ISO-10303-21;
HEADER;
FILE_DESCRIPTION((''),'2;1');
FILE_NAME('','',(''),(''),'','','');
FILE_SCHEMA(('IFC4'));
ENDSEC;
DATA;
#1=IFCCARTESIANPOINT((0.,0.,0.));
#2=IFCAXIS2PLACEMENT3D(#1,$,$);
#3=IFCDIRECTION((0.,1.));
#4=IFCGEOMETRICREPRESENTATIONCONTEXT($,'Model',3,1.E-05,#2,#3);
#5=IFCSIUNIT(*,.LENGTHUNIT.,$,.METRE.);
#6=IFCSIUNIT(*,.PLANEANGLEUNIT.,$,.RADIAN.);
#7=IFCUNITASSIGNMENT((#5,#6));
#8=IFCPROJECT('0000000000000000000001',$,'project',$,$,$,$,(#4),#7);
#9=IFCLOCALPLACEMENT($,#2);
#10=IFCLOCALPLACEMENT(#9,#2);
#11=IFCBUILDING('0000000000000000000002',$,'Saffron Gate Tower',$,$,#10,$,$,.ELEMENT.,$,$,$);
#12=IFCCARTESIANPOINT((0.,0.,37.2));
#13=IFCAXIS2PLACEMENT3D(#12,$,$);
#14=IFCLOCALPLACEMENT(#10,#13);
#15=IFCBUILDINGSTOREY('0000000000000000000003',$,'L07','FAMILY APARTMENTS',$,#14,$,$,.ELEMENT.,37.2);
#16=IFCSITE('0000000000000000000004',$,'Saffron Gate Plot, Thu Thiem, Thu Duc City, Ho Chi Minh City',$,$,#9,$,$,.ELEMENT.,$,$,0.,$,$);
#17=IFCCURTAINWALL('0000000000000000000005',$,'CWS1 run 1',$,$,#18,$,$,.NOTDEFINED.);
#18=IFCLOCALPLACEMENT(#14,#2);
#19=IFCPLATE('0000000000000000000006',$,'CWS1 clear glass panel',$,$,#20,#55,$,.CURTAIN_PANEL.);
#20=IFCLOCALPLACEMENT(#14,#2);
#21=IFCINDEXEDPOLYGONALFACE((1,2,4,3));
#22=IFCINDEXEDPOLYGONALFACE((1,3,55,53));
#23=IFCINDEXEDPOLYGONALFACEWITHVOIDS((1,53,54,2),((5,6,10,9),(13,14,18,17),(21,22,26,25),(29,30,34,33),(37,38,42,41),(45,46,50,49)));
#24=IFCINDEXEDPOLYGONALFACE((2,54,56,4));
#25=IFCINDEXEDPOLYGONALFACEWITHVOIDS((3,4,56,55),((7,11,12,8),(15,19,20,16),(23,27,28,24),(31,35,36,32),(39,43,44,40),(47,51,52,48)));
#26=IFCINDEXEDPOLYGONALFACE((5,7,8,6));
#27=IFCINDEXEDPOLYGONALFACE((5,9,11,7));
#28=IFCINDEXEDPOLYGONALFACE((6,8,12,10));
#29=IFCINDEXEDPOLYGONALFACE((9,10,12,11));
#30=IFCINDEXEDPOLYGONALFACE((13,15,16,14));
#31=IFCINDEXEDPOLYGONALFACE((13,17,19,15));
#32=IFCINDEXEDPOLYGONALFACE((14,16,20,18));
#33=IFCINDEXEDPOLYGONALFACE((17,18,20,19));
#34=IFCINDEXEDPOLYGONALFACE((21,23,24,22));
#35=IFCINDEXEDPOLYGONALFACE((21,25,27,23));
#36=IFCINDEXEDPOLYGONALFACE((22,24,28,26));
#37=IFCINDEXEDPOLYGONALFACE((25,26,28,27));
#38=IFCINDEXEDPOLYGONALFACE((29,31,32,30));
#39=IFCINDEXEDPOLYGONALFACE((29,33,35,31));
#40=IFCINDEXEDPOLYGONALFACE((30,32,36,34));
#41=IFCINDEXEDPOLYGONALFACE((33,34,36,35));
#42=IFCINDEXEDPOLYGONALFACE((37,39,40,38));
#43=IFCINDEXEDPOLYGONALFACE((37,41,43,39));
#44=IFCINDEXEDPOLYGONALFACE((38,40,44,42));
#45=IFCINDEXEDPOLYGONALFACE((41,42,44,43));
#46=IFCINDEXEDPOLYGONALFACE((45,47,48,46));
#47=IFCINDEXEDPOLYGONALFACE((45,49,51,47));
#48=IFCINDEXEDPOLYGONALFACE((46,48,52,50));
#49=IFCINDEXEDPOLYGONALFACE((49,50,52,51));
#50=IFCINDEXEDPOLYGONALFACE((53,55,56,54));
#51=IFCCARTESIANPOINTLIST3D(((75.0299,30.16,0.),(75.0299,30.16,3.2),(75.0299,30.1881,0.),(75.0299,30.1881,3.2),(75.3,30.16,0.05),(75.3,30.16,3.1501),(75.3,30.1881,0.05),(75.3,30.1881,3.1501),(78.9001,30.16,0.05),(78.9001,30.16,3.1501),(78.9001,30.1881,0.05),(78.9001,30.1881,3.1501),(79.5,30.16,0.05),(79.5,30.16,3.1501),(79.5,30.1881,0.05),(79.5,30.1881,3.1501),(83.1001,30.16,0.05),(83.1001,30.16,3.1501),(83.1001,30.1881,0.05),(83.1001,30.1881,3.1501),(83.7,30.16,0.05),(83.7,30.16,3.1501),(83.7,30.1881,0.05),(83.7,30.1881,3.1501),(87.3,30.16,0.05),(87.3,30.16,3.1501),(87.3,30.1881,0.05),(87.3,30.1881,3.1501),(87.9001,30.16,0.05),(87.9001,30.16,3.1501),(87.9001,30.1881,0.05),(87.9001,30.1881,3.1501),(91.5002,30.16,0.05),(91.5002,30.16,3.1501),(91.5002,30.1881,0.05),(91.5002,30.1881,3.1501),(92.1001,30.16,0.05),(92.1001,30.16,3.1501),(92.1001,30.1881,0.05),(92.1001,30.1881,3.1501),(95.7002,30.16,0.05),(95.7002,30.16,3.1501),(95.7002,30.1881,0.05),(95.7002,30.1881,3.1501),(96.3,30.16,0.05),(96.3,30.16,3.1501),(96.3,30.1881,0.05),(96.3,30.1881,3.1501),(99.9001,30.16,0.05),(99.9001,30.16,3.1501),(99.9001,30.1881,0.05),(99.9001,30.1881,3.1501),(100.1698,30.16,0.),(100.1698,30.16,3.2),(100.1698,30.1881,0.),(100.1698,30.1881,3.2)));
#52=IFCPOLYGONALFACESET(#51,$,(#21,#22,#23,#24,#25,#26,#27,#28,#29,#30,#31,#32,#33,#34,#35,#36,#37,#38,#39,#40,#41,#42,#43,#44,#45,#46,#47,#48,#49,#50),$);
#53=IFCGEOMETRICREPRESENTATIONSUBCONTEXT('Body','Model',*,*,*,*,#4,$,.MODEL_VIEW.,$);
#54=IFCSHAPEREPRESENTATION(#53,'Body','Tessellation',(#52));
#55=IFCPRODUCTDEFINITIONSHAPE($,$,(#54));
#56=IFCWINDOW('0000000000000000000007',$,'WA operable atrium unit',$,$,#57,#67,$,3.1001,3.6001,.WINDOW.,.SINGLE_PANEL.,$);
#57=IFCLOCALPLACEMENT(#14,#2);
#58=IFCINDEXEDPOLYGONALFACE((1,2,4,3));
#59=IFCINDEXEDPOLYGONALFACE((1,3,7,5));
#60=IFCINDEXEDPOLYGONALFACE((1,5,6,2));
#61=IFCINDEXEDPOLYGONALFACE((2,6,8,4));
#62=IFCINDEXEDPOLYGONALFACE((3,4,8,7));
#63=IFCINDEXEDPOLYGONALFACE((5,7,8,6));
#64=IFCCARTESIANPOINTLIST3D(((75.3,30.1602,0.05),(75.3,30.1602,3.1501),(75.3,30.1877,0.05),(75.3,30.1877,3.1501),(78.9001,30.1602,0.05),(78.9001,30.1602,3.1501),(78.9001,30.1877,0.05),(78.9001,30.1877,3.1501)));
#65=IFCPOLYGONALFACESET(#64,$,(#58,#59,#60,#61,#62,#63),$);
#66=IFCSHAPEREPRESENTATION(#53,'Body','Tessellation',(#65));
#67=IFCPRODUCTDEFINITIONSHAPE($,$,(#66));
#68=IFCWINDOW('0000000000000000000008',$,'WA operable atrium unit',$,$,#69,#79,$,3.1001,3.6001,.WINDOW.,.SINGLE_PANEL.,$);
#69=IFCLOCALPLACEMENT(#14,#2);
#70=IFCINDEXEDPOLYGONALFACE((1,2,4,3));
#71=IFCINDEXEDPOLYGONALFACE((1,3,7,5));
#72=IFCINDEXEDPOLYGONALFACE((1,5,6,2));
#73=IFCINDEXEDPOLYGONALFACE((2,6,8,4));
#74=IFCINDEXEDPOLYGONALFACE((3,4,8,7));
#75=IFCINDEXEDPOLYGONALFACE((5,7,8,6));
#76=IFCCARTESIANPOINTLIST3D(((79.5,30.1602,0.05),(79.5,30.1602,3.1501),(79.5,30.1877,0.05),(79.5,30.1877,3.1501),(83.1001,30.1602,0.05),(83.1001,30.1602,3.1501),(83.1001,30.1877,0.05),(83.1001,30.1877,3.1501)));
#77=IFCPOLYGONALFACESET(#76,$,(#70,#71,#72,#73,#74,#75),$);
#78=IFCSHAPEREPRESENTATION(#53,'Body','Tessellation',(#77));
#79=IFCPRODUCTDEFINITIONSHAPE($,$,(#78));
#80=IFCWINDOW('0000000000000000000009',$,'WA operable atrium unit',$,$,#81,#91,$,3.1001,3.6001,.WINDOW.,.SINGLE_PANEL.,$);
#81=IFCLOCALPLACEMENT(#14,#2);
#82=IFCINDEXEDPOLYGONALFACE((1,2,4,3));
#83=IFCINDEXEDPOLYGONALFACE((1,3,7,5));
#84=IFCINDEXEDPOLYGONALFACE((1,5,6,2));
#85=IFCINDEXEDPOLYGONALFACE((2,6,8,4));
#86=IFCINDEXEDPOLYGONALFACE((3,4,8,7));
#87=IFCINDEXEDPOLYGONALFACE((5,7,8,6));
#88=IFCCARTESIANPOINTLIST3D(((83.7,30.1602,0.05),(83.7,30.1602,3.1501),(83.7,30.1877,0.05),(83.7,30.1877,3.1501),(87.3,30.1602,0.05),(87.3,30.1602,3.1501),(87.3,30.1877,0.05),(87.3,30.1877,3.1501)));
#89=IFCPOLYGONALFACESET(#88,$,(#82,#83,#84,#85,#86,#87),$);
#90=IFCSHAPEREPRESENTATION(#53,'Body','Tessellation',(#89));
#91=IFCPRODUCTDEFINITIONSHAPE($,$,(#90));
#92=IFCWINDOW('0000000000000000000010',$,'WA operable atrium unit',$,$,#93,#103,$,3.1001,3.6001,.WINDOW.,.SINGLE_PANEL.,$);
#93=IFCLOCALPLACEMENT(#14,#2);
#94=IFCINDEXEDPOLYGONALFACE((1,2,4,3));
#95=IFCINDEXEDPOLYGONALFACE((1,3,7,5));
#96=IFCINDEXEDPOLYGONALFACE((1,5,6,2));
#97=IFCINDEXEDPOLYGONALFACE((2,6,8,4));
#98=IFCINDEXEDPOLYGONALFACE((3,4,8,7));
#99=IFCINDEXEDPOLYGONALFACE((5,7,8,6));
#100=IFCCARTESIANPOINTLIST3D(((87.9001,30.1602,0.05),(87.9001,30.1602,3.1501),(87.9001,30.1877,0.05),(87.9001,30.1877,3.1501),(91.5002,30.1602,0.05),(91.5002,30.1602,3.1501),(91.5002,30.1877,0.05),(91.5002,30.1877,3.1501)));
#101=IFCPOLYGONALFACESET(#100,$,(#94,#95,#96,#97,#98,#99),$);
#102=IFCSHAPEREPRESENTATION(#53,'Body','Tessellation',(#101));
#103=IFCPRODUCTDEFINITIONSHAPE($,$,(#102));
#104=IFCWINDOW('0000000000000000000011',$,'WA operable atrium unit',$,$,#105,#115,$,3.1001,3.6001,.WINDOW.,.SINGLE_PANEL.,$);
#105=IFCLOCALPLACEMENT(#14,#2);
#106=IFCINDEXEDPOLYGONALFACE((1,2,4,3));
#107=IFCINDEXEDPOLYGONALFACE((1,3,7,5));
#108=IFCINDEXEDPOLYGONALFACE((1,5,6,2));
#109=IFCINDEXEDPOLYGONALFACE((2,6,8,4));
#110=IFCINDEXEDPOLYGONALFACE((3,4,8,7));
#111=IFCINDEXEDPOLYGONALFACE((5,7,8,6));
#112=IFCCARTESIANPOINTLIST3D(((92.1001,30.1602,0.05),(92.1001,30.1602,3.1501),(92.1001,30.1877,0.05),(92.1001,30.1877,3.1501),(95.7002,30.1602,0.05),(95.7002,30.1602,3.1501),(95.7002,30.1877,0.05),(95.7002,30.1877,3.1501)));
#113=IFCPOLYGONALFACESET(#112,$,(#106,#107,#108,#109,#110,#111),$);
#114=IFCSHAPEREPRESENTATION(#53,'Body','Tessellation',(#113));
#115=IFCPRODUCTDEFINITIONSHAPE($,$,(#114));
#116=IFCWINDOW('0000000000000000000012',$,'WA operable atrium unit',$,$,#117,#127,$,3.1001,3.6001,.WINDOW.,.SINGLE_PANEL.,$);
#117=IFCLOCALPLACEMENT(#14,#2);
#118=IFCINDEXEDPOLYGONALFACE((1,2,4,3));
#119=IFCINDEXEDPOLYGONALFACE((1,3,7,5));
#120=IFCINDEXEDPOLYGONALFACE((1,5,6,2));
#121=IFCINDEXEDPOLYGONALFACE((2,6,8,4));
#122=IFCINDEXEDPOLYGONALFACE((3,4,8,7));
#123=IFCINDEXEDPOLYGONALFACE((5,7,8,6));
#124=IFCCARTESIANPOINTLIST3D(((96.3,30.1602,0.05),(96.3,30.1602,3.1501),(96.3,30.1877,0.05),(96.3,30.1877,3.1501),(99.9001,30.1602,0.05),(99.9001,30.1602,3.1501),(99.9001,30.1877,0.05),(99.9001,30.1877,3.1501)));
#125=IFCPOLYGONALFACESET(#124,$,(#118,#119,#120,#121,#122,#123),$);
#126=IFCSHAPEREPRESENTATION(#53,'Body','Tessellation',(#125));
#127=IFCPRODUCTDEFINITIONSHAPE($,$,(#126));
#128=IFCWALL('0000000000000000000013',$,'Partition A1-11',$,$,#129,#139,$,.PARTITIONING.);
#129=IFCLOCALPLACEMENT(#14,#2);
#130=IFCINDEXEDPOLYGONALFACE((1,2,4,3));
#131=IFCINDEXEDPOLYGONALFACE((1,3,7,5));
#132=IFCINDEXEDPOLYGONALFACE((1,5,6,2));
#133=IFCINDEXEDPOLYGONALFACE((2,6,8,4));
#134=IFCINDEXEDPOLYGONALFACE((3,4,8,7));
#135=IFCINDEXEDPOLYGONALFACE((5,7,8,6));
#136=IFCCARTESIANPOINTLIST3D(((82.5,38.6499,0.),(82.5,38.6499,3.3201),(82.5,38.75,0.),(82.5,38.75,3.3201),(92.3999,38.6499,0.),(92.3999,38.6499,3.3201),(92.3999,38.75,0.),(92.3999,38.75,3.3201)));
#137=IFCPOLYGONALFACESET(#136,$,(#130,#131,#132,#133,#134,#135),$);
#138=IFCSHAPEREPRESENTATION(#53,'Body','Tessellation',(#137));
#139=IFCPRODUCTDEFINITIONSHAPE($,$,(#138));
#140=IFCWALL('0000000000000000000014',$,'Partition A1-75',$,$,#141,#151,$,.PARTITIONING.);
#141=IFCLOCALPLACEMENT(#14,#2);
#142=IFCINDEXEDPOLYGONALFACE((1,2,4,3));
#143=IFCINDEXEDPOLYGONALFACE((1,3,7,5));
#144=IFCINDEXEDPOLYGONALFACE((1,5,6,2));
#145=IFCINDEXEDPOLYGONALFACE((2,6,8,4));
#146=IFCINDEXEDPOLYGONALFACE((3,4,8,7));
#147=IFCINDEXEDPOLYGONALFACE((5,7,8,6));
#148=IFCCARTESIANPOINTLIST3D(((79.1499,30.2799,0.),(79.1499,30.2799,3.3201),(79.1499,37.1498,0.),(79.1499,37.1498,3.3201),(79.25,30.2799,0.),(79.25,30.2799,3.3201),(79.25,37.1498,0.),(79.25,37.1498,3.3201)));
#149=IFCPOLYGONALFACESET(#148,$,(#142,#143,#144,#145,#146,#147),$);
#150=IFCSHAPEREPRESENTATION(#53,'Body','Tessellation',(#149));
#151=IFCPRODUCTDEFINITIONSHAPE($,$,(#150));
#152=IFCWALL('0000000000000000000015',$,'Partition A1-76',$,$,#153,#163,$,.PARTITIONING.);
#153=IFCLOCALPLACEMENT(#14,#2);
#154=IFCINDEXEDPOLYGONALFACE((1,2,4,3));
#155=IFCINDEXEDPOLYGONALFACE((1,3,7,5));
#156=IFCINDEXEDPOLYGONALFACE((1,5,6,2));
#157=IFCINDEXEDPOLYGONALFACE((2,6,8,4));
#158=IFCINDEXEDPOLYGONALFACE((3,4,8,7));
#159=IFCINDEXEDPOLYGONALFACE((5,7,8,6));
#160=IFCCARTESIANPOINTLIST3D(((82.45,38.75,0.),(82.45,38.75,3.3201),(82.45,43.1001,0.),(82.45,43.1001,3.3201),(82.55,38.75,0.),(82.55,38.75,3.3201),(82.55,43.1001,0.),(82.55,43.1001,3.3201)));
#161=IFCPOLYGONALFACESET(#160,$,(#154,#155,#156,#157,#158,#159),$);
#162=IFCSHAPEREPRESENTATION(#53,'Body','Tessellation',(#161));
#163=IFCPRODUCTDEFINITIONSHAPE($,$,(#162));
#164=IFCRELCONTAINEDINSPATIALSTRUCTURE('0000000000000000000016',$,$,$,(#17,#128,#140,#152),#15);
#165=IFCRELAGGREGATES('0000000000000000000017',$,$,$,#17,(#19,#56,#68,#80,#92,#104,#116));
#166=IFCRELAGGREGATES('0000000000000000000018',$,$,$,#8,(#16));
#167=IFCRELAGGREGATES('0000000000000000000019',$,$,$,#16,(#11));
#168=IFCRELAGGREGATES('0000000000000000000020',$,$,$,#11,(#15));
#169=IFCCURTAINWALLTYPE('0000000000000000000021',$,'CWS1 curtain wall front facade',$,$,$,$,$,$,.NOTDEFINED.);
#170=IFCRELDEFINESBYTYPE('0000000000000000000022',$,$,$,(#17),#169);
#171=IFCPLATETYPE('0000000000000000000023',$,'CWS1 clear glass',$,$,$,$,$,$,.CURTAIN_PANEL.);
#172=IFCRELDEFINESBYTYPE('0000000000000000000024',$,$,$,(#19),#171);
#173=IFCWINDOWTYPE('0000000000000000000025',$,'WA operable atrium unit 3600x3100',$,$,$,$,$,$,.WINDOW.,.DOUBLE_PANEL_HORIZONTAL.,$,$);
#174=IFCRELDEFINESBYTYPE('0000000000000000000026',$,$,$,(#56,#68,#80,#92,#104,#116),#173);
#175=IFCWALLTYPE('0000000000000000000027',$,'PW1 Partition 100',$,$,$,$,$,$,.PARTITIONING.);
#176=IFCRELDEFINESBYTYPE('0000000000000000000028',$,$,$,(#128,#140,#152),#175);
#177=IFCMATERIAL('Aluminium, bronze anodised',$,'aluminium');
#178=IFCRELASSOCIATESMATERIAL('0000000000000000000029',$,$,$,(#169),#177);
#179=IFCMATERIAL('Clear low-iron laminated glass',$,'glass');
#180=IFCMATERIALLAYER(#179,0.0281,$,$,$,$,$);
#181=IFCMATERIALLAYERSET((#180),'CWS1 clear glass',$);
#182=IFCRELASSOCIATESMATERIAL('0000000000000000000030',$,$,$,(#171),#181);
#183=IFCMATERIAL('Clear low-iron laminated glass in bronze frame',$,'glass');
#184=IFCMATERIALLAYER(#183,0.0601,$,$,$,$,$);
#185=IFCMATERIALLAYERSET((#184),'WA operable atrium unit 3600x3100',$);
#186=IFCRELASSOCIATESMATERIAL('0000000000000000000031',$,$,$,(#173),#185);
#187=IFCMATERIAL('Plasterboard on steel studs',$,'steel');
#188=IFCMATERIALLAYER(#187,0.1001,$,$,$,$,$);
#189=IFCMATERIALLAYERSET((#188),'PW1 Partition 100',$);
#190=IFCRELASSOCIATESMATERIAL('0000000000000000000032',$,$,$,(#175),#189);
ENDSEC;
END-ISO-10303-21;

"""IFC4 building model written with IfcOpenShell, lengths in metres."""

from ifc_helpers import new_model, si_unit, direction, frame, frame_2d, origin, place, context, subcontext, project, spatial, rectangle, extrude, material, layer, layer_set, type_object, element, fill, aggregate, save


model = new_model("IFC4")

# Units and contexts
model_context = context("Model", 3, precision=1e-05, world=origin(), true_north=direction((0.0, 1.0)))
body_context = subcontext(model_context, "Body", "Model", "MODEL_VIEW")
ifc_project = project(units=[si_unit("LENGTHUNIT", "METRE"), si_unit("PLANEANGLEUNIT", "RADIAN")], contexts=[model_context])

# Site, building, storey
site_placement = place(None, origin())
site = spatial("IfcSite", under=ifc_project, at=site_placement, Name="Saffron Gate Plot, Thu Thiem, Thu Duc City, Ho Chi Minh City", CompositionType="ELEMENT", RefElevation=0.0)
building_placement = place(site_placement, origin())
building = spatial("IfcBuilding", under=site, at=building_placement, Name="Saffron Gate Tower", CompositionType="ELEMENT")
storey_placement = place(building_placement, frame((0.0, 0.0, 37.2)))
storey = spatial("IfcBuildingStorey", under=building, at=storey_placement, Name="L07", Description="FAMILY APARTMENTS", CompositionType="ELEMENT", Elevation=37.2)

# Curtain wall, plate, openings, windows
ifc_material_1 = material(Name="Aluminium, bronze anodised", Category="aluminium")
curtain_wall_type = type_object("IfcCurtainWallType", Name="CWS1 curtain wall front facade", PredefinedType="NOTDEFINED", material=ifc_material_1)
curtain_wall_placement = place(storey_placement, origin())
curtain_wall = element("IfcCurtainWall", 1, at=curtain_wall_placement, inside=storey, type_object=curtain_wall_type, Name="CWS1 run 1", PredefinedType="NOTDEFINED")
ifc_material_2 = material(Name="Clear low-iron laminated glass", Category="glass")
ifc_layer_1 = layer(ifc_material_2, 0.0281)
ifc_layer_set_1 = layer_set([ifc_layer_1], Name="CWS1 clear glass")
plate_type = type_object("IfcPlateType", Name="CWS1 clear glass", PredefinedType="CURTAIN_PANEL", material=ifc_layer_set_1)
plate_placement = place(storey_placement, frame((75.03, 30.1741, 0.0), z_axis=(0.0, 0.0, 1.0), x_axis=(1.0, 0.0, 0.0)))
plate = element("IfcPlate", 2, at=plate_placement, type_object=plate_type, Name="CWS1 clear glass panel", PredefinedType="CURTAIN_PANEL", context=body_context, shape_type="SweptSolid", body=[
    extrude(rectangle(XDim=25.1399, YDim=0.0281, at=frame_2d((12.5698, 0.0))), origin(), (0.0, 0.0, 1.0), 3.2),
])
opening_1_placement = place(plate_placement, frame((0.27, 0.0, 0.05)))
opening_1 = element("IfcOpeningElement", 3, at=opening_1_placement, cuts=plate, PredefinedType="OPENING", context=body_context, shape_type="SweptSolid", body=[
    extrude(rectangle(XDim=3.6001, YDim=3.1001, at=frame_2d((1.8, 1.55))), frame((0.0, 0.0239, 0.0), z_axis=(0.0, -1.0, 0.0), x_axis=(1.0, 0.0, 0.0)), (0.0, 0.0, 1.0), 0.0481),
])
opening_2_placement = place(plate_placement, frame((4.47, 0.0, 0.05)))
opening_2 = element("IfcOpeningElement", 4, at=opening_2_placement, cuts=plate, PredefinedType="OPENING", context=body_context, shape_type="SweptSolid", body=[
    extrude(rectangle(XDim=3.6001, YDim=3.1001, at=frame_2d((1.8, 1.55))), frame((0.0, 0.0239, 0.0), z_axis=(0.0, -1.0, 0.0), x_axis=(1.0, 0.0, 0.0)), (0.0, 0.0, 1.0), 0.0481),
])
opening_3_placement = place(plate_placement, frame((8.6699, 0.0, 0.05)))
opening_3 = element("IfcOpeningElement", 5, at=opening_3_placement, cuts=plate, PredefinedType="OPENING", context=body_context, shape_type="SweptSolid", body=[
    extrude(rectangle(XDim=3.6001, YDim=3.1001, at=frame_2d((1.8, 1.55))), frame((0.0, 0.0239, 0.0), z_axis=(0.0, -1.0, 0.0), x_axis=(1.0, 0.0, 0.0)), (0.0, 0.0, 1.0), 0.0481),
])
opening_4_placement = place(plate_placement, frame((12.8701, 0.0, 0.05)))
opening_4 = element("IfcOpeningElement", 6, at=opening_4_placement, cuts=plate, PredefinedType="OPENING", context=body_context, shape_type="SweptSolid", body=[
    extrude(rectangle(XDim=3.6001, YDim=3.1001, at=frame_2d((1.8, 1.55))), frame((0.0, 0.0239, 0.0), z_axis=(0.0, -1.0, 0.0), x_axis=(1.0, 0.0, 0.0)), (0.0, 0.0, 1.0), 0.0481),
])
opening_5_placement = place(plate_placement, frame((17.0701, 0.0, 0.05)))
opening_5 = element("IfcOpeningElement", 7, at=opening_5_placement, cuts=plate, PredefinedType="OPENING", context=body_context, shape_type="SweptSolid", body=[
    extrude(rectangle(XDim=3.6001, YDim=3.1001, at=frame_2d((1.8, 1.55))), frame((0.0, 0.0239, 0.0), z_axis=(0.0, -1.0, 0.0), x_axis=(1.0, 0.0, 0.0)), (0.0, 0.0, 1.0), 0.0481),
])
opening_6_placement = place(plate_placement, frame((21.27, 0.0, 0.05)))
opening_6 = element("IfcOpeningElement", 8, at=opening_6_placement, cuts=plate, PredefinedType="OPENING", context=body_context, shape_type="SweptSolid", body=[
    extrude(rectangle(XDim=3.6001, YDim=3.1001, at=frame_2d((1.8, 1.55))), frame((0.0, 0.0239, 0.0), z_axis=(0.0, -1.0, 0.0), x_axis=(1.0, 0.0, 0.0)), (0.0, 0.0, 1.0), 0.0481),
])
ifc_material_3 = material(Name="Clear low-iron laminated glass in bronze frame", Category="glass")
ifc_layer_2 = layer(ifc_material_3, 0.0601)
ifc_layer_set_2 = layer_set([ifc_layer_2], Name="WA operable atrium unit 3600x3100")
window_type = type_object("IfcWindowType", Name="WA operable atrium unit 3600x3100", PartitioningType="DOUBLE_PANEL_HORIZONTAL", PredefinedType="WINDOW", material=ifc_layer_set_2)
window_1_placement = place(opening_1_placement, origin())
window_1 = element("IfcWindow", 9, at=window_1_placement, type_object=window_type, Name="WA operable atrium unit", OverallHeight=3.1001, OverallWidth=3.6001, PartitioningType="SINGLE_PANEL", PredefinedType="WINDOW", context=body_context, shape_type="SweptSolid", body=[
    extrude(rectangle(XDim=3.6001, YDim=3.1001, at=frame_2d((1.8, 1.55))), frame((0.0, 0.0137, 0.0), z_axis=(0.0, -1.0, 0.0), x_axis=(1.0, 0.0, 0.0)), (0.0, 0.0, 1.0), 0.0276),
])
fill(opening_1, window_1)
window_2_placement = place(opening_2_placement, origin())
window_2 = element("IfcWindow", 10, at=window_2_placement, type_object=window_type, Name="WA operable atrium unit", OverallHeight=3.1001, OverallWidth=3.6001, PartitioningType="SINGLE_PANEL", PredefinedType="WINDOW", context=body_context, shape_type="SweptSolid", body=[
    extrude(rectangle(XDim=3.6001, YDim=3.1001, at=frame_2d((1.8, 1.55))), frame((0.0, 0.0137, 0.0), z_axis=(0.0, -1.0, 0.0), x_axis=(1.0, 0.0, 0.0)), (0.0, 0.0, 1.0), 0.0276),
])
fill(opening_2, window_2)
window_3_placement = place(opening_3_placement, origin())
window_3 = element("IfcWindow", 11, at=window_3_placement, type_object=window_type, Name="WA operable atrium unit", OverallHeight=3.1001, OverallWidth=3.6001, PartitioningType="SINGLE_PANEL", PredefinedType="WINDOW", context=body_context, shape_type="SweptSolid", body=[
    extrude(rectangle(XDim=3.6001, YDim=3.1001, at=frame_2d((1.8, 1.55))), frame((0.0, 0.0137, 0.0), z_axis=(0.0, -1.0, 0.0), x_axis=(1.0, 0.0, 0.0)), (0.0, 0.0, 1.0), 0.0276),
])
fill(opening_3, window_3)
window_4_placement = place(opening_4_placement, origin())
window_4 = element("IfcWindow", 12, at=window_4_placement, type_object=window_type, Name="WA operable atrium unit", OverallHeight=3.1001, OverallWidth=3.6001, PartitioningType="SINGLE_PANEL", PredefinedType="WINDOW", context=body_context, shape_type="SweptSolid", body=[
    extrude(rectangle(XDim=3.6001, YDim=3.1001, at=frame_2d((1.8, 1.55))), frame((0.0, 0.0137, 0.0), z_axis=(0.0, -1.0, 0.0), x_axis=(1.0, 0.0, 0.0)), (0.0, 0.0, 1.0), 0.0276),
])
fill(opening_4, window_4)
window_5_placement = place(opening_5_placement, origin())
window_5 = element("IfcWindow", 13, at=window_5_placement, type_object=window_type, Name="WA operable atrium unit", OverallHeight=3.1001, OverallWidth=3.6001, PartitioningType="SINGLE_PANEL", PredefinedType="WINDOW", context=body_context, shape_type="SweptSolid", body=[
    extrude(rectangle(XDim=3.6001, YDim=3.1001, at=frame_2d((1.8, 1.55))), frame((0.0, 0.0137, 0.0), z_axis=(0.0, -1.0, 0.0), x_axis=(1.0, 0.0, 0.0)), (0.0, 0.0, 1.0), 0.0276),
])
fill(opening_5, window_5)
window_6_placement = place(opening_6_placement, origin())
window_6 = element("IfcWindow", 14, at=window_6_placement, type_object=window_type, Name="WA operable atrium unit", OverallHeight=3.1001, OverallWidth=3.6001, PartitioningType="SINGLE_PANEL", PredefinedType="WINDOW", context=body_context, shape_type="SweptSolid", body=[
    extrude(rectangle(XDim=3.6001, YDim=3.1001, at=frame_2d((1.8, 1.55))), frame((0.0, 0.0137, 0.0), z_axis=(0.0, -1.0, 0.0), x_axis=(1.0, 0.0, 0.0)), (0.0, 0.0, 1.0), 0.0276),
])
fill(opening_6, window_6)
aggregate(curtain_wall, [plate, window_1, window_2, window_3, window_4, window_5, window_6])

# Walls
ifc_material_4 = material(Name="Plasterboard on steel studs", Category="steel")
ifc_layer_3 = layer(ifc_material_4, 0.1001)
ifc_layer_set_3 = layer_set([ifc_layer_3], Name="PW1 Partition 100")
wall_type_1 = type_object("IfcWallType", Name="PW1 Partition 100", PredefinedType="PARTITIONING", material=ifc_layer_set_3)
wall_1_placement = place(storey_placement, frame((82.5, 38.7, 0.0), z_axis=(0.0, 0.0, 1.0), x_axis=(1.0, 0.0, 0.0)))
element("IfcWall", 15, at=wall_1_placement, inside=storey, type_object=wall_type_1, Name="Partition A1-11", PredefinedType="PARTITIONING", context=body_context, shape_type="SweptSolid", body=[
    extrude(rectangle(XDim=9.8999, YDim=0.1001, at=frame_2d((4.95, 0.0))), origin(), (0.0, 0.0, 1.0), 3.3201),
])
wall_2_placement = place(storey_placement, frame((79.2, 37.1499, 0.0), z_axis=(0.0, 0.0, 1.0), x_axis=(0.0, -1.0, 0.0)))
element("IfcWall", 16, at=wall_2_placement, inside=storey, type_object=wall_type_1, Name="Partition A1-75", PredefinedType="PARTITIONING", context=body_context, shape_type="SweptSolid", body=[
    extrude(rectangle(XDim=6.8699, YDim=0.1001, at=frame_2d((3.4351, 0.0))), origin(), (0.0, 0.0, 1.0), 3.3201),
])
wall_3_placement = place(storey_placement, frame((82.5, 43.1001, 0.0), z_axis=(0.0, 0.0, 1.0), x_axis=(0.0, -1.0, 0.0)))
element("IfcWall", 17, at=wall_3_placement, inside=storey, type_object=wall_type_1, Name="Partition A1-76", PredefinedType="PARTITIONING", context=body_context, shape_type="SweptSolid", body=[
    extrude(rectangle(XDim=4.3501, YDim=0.1001, at=frame_2d((2.175, 0.0))), origin(), (0.0, 0.0, 1.0), 3.3201),
])

save(model, "model.ifc")
